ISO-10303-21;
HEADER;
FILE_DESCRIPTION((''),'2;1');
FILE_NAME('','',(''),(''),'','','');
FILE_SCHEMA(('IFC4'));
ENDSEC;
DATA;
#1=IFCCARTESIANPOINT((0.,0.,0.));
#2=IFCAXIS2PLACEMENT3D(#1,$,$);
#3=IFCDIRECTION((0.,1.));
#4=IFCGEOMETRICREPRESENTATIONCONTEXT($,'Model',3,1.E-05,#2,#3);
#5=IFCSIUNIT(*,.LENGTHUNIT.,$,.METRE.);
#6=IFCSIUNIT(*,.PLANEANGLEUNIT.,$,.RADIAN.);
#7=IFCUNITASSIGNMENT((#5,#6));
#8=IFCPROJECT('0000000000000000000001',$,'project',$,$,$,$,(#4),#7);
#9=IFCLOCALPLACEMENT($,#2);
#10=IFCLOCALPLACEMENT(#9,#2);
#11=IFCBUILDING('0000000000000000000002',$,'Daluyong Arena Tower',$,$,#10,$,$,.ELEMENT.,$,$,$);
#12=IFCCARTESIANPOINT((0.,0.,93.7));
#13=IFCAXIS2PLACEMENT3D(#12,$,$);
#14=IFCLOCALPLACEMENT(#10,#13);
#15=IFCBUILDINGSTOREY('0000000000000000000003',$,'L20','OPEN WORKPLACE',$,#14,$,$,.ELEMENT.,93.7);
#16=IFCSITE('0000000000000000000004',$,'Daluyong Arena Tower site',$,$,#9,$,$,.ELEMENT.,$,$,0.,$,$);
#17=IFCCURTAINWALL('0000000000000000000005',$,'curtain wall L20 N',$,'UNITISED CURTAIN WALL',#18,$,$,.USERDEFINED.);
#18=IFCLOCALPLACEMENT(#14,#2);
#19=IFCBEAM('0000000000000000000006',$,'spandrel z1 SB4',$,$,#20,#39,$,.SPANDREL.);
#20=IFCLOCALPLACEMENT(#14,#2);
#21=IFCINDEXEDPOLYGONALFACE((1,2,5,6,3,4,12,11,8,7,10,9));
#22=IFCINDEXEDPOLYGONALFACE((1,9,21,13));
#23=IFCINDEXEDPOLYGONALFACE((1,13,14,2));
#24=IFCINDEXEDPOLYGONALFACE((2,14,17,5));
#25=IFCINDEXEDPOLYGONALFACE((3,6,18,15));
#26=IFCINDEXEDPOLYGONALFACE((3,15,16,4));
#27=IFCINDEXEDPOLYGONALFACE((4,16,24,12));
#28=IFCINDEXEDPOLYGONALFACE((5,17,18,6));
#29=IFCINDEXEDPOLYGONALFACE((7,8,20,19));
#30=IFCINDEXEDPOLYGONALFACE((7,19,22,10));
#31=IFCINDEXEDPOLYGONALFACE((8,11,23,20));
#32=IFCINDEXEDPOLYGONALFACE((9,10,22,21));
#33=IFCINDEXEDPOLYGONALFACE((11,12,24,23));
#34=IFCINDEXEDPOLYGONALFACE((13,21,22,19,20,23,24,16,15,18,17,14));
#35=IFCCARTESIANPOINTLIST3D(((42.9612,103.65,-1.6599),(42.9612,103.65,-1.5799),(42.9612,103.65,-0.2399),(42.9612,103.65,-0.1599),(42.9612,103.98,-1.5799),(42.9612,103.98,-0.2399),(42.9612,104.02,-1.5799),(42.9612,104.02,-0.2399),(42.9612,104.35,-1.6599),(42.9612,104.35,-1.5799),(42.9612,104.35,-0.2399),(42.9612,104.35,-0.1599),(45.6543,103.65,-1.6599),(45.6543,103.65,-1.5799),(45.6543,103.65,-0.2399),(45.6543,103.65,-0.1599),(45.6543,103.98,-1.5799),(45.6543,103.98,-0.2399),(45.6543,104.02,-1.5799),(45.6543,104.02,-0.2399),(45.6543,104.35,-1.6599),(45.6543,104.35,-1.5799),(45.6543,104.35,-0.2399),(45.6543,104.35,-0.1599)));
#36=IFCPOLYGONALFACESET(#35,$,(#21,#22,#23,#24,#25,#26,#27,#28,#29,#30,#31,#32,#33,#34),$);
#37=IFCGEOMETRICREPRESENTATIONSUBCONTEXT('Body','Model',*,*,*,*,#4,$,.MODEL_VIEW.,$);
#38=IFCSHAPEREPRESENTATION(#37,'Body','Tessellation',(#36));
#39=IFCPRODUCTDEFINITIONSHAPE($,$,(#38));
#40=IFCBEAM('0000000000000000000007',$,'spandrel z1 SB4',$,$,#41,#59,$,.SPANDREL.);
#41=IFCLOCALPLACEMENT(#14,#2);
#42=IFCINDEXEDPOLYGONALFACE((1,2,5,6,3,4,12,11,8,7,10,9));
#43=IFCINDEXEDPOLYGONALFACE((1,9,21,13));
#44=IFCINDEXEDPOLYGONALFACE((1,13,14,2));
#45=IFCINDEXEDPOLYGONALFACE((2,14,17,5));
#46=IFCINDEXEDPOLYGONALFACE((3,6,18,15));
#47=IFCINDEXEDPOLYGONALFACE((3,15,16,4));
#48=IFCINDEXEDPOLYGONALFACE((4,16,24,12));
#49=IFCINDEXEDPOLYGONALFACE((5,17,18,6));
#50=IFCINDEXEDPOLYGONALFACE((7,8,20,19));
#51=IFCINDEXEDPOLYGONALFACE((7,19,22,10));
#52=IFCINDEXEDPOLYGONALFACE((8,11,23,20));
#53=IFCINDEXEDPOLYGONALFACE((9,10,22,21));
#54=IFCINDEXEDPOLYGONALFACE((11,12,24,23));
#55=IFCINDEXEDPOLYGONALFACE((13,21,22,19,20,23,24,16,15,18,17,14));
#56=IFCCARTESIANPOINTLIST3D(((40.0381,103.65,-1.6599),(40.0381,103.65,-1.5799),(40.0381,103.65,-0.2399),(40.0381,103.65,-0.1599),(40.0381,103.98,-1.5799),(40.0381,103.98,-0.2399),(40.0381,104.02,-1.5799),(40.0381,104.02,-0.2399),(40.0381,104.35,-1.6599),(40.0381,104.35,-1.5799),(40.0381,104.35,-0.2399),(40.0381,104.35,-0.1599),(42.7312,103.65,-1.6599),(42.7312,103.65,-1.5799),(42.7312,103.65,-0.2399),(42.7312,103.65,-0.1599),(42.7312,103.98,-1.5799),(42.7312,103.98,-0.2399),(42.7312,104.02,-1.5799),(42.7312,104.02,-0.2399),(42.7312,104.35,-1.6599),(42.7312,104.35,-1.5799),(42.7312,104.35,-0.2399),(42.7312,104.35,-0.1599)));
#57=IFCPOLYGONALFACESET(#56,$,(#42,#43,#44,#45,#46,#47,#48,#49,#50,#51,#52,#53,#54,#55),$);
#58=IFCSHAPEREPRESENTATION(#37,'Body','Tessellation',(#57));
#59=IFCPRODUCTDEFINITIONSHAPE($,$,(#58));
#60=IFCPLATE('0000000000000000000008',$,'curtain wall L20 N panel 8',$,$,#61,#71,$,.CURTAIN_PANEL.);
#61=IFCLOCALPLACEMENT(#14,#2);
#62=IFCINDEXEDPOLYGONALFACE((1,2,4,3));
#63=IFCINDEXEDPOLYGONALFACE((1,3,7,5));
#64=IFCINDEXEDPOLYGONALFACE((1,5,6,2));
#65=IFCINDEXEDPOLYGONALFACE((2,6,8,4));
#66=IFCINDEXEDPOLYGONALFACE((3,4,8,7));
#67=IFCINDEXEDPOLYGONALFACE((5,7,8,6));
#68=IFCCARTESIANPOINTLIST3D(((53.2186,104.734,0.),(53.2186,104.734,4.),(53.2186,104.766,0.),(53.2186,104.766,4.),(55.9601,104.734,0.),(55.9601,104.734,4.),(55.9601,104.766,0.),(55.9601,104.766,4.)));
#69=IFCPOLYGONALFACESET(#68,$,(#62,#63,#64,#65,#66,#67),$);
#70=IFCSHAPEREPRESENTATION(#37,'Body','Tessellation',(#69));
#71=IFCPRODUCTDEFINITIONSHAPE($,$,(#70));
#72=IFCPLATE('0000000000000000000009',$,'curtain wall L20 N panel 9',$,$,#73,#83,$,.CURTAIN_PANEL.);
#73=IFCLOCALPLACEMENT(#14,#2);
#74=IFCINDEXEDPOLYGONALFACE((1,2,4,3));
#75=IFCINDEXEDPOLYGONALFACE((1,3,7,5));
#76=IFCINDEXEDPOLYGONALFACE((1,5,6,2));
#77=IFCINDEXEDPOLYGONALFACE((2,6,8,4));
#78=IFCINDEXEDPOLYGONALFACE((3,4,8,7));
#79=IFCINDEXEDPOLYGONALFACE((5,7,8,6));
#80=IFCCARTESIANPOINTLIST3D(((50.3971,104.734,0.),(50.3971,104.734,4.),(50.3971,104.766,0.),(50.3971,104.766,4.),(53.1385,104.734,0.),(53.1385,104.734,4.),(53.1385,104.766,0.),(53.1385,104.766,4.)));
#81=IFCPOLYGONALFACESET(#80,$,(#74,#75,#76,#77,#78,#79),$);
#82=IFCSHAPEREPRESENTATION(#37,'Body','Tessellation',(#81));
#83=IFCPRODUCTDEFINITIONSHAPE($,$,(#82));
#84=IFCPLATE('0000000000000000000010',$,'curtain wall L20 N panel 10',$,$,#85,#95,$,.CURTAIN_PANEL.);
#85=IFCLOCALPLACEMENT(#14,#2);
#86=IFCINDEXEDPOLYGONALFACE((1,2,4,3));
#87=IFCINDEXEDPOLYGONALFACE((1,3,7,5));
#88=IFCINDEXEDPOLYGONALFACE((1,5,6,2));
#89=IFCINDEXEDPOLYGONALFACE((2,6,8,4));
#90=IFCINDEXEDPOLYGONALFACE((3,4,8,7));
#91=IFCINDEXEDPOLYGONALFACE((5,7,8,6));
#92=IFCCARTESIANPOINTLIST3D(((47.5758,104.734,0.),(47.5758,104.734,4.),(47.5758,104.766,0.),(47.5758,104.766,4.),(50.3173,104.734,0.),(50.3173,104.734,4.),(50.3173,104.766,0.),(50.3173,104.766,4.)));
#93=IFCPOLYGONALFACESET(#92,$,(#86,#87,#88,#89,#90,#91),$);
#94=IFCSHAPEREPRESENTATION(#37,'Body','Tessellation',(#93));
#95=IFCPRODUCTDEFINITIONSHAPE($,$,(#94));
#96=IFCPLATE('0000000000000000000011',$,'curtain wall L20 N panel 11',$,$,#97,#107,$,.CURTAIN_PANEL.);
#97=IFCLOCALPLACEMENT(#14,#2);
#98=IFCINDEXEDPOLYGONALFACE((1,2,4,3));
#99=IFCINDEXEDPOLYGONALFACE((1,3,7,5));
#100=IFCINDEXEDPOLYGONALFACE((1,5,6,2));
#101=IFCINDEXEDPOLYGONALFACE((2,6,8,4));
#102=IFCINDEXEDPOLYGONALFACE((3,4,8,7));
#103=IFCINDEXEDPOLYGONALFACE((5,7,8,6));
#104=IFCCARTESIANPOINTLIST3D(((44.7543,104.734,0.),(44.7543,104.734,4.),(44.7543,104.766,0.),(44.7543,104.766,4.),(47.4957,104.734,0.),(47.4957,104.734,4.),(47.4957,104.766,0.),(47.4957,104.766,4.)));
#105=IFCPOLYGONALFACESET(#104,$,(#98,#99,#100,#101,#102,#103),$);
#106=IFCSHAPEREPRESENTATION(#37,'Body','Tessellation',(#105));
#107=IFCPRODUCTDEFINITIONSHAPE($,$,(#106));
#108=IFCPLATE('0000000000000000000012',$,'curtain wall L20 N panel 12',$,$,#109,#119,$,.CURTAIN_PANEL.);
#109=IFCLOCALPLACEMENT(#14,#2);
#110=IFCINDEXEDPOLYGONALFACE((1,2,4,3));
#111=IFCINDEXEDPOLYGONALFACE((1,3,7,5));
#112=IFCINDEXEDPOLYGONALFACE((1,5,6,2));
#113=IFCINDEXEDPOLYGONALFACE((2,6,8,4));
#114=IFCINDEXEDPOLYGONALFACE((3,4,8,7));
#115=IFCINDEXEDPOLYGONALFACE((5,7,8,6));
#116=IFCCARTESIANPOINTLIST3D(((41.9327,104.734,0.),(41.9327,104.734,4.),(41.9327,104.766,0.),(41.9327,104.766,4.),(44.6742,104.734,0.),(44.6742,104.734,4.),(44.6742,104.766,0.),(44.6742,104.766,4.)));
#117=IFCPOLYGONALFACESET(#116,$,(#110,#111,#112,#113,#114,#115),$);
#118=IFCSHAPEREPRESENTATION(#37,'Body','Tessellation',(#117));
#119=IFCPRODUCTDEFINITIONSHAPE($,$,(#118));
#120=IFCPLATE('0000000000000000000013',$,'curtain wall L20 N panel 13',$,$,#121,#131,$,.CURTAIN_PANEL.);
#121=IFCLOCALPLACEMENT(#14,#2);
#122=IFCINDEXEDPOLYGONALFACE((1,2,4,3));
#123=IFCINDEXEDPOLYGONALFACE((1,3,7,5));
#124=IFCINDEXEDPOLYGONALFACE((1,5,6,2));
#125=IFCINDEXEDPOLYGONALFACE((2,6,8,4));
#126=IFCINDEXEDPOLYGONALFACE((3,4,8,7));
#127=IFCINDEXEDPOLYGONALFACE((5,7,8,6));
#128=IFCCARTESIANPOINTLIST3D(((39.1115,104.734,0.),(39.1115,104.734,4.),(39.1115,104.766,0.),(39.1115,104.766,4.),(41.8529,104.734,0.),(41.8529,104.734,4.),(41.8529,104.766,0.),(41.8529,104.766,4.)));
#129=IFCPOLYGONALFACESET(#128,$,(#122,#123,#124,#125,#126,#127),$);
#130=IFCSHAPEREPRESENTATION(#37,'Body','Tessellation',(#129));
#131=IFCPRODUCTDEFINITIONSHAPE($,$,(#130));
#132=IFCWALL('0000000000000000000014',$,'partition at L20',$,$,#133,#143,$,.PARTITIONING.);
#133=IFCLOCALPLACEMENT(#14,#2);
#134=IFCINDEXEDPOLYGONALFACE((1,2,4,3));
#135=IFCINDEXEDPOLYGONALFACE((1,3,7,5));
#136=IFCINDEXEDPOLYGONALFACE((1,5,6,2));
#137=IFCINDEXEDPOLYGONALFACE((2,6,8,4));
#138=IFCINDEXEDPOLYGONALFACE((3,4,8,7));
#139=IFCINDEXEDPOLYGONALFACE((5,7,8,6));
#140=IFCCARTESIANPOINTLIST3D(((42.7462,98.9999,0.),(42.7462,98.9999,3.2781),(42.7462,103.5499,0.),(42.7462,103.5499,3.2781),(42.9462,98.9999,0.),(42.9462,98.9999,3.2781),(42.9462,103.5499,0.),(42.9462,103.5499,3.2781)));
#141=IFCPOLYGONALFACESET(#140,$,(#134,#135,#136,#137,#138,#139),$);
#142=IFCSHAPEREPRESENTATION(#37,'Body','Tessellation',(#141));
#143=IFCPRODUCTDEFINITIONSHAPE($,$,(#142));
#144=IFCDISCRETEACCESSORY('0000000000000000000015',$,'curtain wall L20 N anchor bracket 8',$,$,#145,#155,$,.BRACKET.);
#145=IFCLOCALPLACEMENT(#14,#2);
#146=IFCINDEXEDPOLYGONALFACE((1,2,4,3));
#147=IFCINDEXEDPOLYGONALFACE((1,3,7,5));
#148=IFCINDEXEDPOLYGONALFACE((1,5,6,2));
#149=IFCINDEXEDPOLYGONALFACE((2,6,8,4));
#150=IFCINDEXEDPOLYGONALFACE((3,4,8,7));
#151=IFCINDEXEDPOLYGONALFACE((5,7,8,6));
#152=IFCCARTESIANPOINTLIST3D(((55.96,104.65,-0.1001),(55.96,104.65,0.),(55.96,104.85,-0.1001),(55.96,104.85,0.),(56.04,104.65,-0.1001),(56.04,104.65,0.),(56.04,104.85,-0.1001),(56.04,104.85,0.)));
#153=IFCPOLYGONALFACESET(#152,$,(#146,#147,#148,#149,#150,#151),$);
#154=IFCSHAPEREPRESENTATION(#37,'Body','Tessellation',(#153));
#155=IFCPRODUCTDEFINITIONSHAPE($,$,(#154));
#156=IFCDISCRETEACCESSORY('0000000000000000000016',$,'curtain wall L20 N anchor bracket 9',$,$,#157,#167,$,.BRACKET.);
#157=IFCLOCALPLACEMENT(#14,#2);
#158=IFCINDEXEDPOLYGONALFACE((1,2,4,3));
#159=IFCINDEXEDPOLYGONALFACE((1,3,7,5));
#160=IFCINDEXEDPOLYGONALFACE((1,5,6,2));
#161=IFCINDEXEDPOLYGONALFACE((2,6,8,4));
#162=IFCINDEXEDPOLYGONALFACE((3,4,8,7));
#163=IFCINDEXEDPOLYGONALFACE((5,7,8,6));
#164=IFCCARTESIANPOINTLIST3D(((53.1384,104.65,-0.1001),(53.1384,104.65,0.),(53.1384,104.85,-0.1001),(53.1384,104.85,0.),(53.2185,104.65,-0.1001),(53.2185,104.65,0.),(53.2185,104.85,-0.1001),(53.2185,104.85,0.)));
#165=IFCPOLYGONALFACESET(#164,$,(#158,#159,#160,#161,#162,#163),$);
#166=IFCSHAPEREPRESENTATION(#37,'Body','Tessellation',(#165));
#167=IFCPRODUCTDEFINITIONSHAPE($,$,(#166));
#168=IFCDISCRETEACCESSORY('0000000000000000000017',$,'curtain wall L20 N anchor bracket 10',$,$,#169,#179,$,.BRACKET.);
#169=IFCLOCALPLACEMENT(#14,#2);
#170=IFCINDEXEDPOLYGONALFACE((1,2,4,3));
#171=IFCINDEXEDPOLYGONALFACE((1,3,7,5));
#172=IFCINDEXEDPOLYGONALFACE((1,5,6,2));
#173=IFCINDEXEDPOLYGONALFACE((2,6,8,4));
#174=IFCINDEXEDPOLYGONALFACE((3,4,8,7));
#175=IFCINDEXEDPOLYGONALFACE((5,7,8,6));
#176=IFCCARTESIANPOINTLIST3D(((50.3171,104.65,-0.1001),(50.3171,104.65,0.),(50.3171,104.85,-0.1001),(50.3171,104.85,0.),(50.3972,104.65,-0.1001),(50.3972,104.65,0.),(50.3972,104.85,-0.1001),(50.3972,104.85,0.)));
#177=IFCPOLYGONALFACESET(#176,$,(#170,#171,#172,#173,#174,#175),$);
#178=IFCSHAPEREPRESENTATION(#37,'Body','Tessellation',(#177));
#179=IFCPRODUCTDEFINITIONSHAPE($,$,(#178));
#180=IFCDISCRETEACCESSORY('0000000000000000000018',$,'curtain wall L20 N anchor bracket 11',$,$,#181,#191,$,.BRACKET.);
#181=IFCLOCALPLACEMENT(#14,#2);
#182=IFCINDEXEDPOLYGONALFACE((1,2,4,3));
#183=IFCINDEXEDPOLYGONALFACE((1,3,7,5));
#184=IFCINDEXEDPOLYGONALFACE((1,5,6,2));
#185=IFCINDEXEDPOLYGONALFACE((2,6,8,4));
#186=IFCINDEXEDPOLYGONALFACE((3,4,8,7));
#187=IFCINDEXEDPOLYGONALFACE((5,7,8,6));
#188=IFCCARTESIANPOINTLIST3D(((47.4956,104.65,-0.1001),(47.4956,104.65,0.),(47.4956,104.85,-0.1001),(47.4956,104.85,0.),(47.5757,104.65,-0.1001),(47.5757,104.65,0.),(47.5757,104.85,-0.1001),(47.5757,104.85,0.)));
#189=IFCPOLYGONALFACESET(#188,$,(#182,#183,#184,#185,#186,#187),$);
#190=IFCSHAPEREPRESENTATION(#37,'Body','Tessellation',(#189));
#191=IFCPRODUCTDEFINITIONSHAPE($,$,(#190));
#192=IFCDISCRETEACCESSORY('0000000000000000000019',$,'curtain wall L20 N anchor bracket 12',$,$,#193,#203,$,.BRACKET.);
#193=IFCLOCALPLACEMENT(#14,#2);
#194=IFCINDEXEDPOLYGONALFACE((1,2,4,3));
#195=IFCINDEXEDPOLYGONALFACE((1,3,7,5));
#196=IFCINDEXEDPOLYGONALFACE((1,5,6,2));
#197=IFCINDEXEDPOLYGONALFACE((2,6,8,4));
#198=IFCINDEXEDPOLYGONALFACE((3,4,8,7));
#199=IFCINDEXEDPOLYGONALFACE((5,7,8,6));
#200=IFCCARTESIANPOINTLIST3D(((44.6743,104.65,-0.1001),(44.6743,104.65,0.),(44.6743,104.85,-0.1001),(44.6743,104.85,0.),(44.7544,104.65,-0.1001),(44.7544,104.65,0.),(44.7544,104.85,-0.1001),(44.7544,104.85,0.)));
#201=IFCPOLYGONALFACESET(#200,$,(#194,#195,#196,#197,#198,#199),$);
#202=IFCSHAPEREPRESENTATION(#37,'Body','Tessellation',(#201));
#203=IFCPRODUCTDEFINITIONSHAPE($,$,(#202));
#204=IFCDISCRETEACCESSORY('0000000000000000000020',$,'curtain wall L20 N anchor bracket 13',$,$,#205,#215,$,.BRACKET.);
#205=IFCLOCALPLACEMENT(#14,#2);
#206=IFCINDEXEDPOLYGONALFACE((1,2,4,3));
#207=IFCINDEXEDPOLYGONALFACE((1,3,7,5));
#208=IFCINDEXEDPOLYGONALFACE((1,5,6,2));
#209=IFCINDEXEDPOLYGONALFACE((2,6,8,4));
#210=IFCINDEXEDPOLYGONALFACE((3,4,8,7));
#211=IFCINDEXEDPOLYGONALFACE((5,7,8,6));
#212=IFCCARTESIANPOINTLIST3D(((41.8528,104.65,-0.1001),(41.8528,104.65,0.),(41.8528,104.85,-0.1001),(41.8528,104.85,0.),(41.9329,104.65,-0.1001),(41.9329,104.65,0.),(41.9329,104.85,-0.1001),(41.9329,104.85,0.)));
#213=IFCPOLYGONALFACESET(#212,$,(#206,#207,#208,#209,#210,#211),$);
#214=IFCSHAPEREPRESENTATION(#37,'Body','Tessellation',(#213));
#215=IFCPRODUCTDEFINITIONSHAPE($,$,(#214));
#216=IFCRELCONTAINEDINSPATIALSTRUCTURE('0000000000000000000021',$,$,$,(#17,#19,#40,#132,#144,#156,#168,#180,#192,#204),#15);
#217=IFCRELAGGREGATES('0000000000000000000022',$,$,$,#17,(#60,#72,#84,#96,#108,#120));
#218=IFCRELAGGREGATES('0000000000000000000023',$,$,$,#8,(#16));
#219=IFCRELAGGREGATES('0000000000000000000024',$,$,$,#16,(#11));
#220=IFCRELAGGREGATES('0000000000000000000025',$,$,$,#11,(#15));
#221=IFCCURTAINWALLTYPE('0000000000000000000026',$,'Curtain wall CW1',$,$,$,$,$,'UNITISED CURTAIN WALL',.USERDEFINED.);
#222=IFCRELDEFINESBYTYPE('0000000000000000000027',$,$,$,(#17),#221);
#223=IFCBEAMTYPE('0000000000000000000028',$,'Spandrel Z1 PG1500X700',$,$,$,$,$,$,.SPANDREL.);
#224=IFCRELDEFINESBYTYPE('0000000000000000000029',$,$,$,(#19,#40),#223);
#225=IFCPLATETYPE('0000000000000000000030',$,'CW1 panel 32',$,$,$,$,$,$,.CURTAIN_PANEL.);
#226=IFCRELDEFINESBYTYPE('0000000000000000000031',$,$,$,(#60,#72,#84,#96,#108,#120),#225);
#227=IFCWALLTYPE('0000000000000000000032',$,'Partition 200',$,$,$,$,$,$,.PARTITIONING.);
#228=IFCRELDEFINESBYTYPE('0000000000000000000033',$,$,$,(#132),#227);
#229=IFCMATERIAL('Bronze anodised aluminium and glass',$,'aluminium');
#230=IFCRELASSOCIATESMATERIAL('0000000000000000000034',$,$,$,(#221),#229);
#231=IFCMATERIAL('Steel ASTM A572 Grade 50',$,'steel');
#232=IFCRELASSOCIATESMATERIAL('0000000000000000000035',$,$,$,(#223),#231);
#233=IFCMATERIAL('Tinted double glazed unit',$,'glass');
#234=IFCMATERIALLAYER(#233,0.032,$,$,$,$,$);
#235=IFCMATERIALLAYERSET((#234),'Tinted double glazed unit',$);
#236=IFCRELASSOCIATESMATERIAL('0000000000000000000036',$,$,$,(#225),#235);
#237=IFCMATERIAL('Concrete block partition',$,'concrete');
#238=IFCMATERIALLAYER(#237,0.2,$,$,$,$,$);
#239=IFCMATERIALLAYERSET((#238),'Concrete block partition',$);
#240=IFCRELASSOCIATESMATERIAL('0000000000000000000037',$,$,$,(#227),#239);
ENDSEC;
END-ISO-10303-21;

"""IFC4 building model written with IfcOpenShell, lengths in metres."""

from ifc_helpers import new_model, si_unit, direction, frame, frame_2d, origin, origin_2d, place, context, subcontext, project, spatial, rectangle, i_section, extrude, material, layer, layer_set, material_profile, profile_set, type_object, element, aggregate, save


model = new_model("IFC4")

# Units and contexts
model_context = context("Model", 3, precision=1e-05, world=origin(), true_north=direction((0.0, 1.0)))
body_context = subcontext(model_context, "Body", "Model", "MODEL_VIEW")
ifc_project = project(units=[si_unit("LENGTHUNIT", "METRE"), si_unit("PLANEANGLEUNIT", "RADIAN")], contexts=[model_context])

# Site, building, storey
site_placement = place(None, origin())
site = spatial("IfcSite", under=ifc_project, at=site_placement, Name="Daluyong Arena Tower site", CompositionType="ELEMENT", RefElevation=0.0)
building_placement = place(site_placement, origin())
building = spatial("IfcBuilding", under=site, at=building_placement, Name="Daluyong Arena Tower", CompositionType="ELEMENT")
storey_placement = place(building_placement, frame((0.0, 0.0, 93.7)))
storey = spatial("IfcBuildingStorey", under=building, at=storey_placement, Name="L20", Description="OPEN WORKPLACE", CompositionType="ELEMENT", Elevation=93.7)

# Curtain wall
ifc_material_1 = material(Name="Bronze anodised aluminium and glass", Category="aluminium")
curtain_wall_type = type_object("IfcCurtainWallType", Name="Curtain wall CW1", ElementType="UNITISED CURTAIN WALL", PredefinedType="USERDEFINED", material=ifc_material_1)
curtain_wall_placement = place(storey_placement, origin())
curtain_wall = element("IfcCurtainWall", 1, at=curtain_wall_placement, inside=storey, type_object=curtain_wall_type, Name="curtain wall L20 N", ObjectType="UNITISED CURTAIN WALL", PredefinedType="USERDEFINED")

# Beams
ifc_material_2 = material(Name="Steel ASTM A572 Grade 50", Category="steel")
ifc_material_profile_1 = material_profile(ifc_material_2, i_section(OverallWidth=0.7, OverallDepth=1.5, WebThickness=0.04, FlangeThickness=0.08, at=origin_2d()))
ifc_profile_set_1 = profile_set([ifc_material_profile_1], Name="Steel ASTM A572 Grade 50")
beam_type_1 = type_object("IfcBeamType", Name="Spandrel Z1 PG1500X700", PredefinedType="SPANDREL", material=ifc_profile_set_1)
for number, where, z_axis, x_axis, name in (
    (2, (45.6543, 104.0, -0.9099), (-1.0, 0.0, 0.0), (0.0, -1.0, 0.0), "spandrel z1 SB4"),
    (3, (42.7312, 104.0, -0.9099), (-1.0, 0.0, 0.0), (0.0, -1.0, 0.0), "spandrel z1 SB4"),
):
    element("IfcBeam", number, at=place(storey_placement, frame(where, z_axis=z_axis, x_axis=x_axis)), inside=storey, type_object=beam_type_1, Name=name, PredefinedType="SPANDREL", context=body_context, shape_type="SweptSolid", body=[
        extrude(i_section(OverallWidth=0.7, OverallDepth=1.5, WebThickness=0.04, FlangeThickness=0.08, at=origin_2d()), origin(), (0.0, 0.0, 1.0), 2.6931),
    ])

# Plates
ifc_material_3 = material(Name="Tinted double glazed unit", Category="glass")
ifc_layer_1 = layer(ifc_material_3, 0.032)
ifc_layer_set_1 = layer_set([ifc_layer_1], Name="Tinted double glazed unit")
plate_type = type_object("IfcPlateType", Name="CW1 panel 32", PredefinedType="CURTAIN_PANEL", material=ifc_layer_set_1)
plate_1_placement = place(storey_placement, frame((54.5894, 104.75, 0.0), z_axis=(0.0, 0.0, 1.0), x_axis=(-1.0, 0.0, 0.0)))
plate_1 = element("IfcPlate", 4, at=plate_1_placement, type_object=plate_type, Name="curtain wall L20 N panel 8", PredefinedType="CURTAIN_PANEL", context=body_context, shape_type="SweptSolid", body=[
    extrude(rectangle(XDim=2.7415, YDim=0.032, at=origin_2d()), origin(), (0.0, 0.0, 1.0), 4.0),
])
plate_2_placement = place(storey_placement, frame((51.7678, 104.75, 0.0), z_axis=(0.0, 0.0, 1.0), x_axis=(-1.0, 0.0, 0.0)))
plate_2 = element("IfcPlate", 5, at=plate_2_placement, type_object=plate_type, Name="curtain wall L20 N panel 9", PredefinedType="CURTAIN_PANEL", context=body_context, shape_type="SweptSolid", body=[
    extrude(rectangle(XDim=2.7415, YDim=0.032, at=origin_2d()), origin(), (0.0, 0.0, 1.0), 4.0),
])
plate_3_placement = place(storey_placement, frame((48.9465, 104.75, 0.0), z_axis=(0.0, 0.0, 1.0), x_axis=(-1.0, 0.0, 0.0)))
plate_3 = element("IfcPlate", 6, at=plate_3_placement, type_object=plate_type, Name="curtain wall L20 N panel 10", PredefinedType="CURTAIN_PANEL", context=body_context, shape_type="SweptSolid", body=[
    extrude(rectangle(XDim=2.7415, YDim=0.032, at=origin_2d()), origin(), (0.0, 0.0, 1.0), 4.0),
])
plate_4_placement = place(storey_placement, frame((46.125, 104.75, 0.0), z_axis=(0.0, 0.0, 1.0), x_axis=(-1.0, 0.0, 0.0)))
plate_4 = element("IfcPlate", 7, at=plate_4_placement, type_object=plate_type, Name="curtain wall L20 N panel 11", PredefinedType="CURTAIN_PANEL", context=body_context, shape_type="SweptSolid", body=[
    extrude(rectangle(XDim=2.7415, YDim=0.032, at=origin_2d()), origin(), (0.0, 0.0, 1.0), 4.0),
])
plate_5_placement = place(storey_placement, frame((43.3035, 104.75, 0.0), z_axis=(0.0, 0.0, 1.0), x_axis=(-1.0, 0.0, 0.0)))
plate_5 = element("IfcPlate", 8, at=plate_5_placement, type_object=plate_type, Name="curtain wall L20 N panel 12", PredefinedType="CURTAIN_PANEL", context=body_context, shape_type="SweptSolid", body=[
    extrude(rectangle(XDim=2.7415, YDim=0.032, at=origin_2d()), origin(), (0.0, 0.0, 1.0), 4.0),
])
plate_6_placement = place(storey_placement, frame((40.4822, 104.75, 0.0), z_axis=(0.0, 0.0, 1.0), x_axis=(-1.0, 0.0, 0.0)))
plate_6 = element("IfcPlate", 9, at=plate_6_placement, type_object=plate_type, Name="curtain wall L20 N panel 13", PredefinedType="CURTAIN_PANEL", context=body_context, shape_type="SweptSolid", body=[
    extrude(rectangle(XDim=2.7415, YDim=0.032, at=origin_2d()), origin(), (0.0, 0.0, 1.0), 4.0),
])
aggregate(curtain_wall, [plate_1, plate_2, plate_3, plate_4, plate_5, plate_6])

# Wall
ifc_material_4 = material(Name="Concrete block partition", Category="concrete")
ifc_layer_2 = layer(ifc_material_4, 0.2)
ifc_layer_set_2 = layer_set([ifc_layer_2], Name="Concrete block partition")
wall_type = type_object("IfcWallType", Name="Partition 200", PredefinedType="PARTITIONING", material=ifc_layer_set_2)
wall_placement = place(storey_placement, frame((42.8462, 99.0, 0.0), z_axis=(0.0, 0.0, 1.0), x_axis=(0.0, 1.0, 0.0)))
element("IfcWall", 10, at=wall_placement, inside=storey, type_object=wall_type, Name="partition at L20", PredefinedType="PARTITIONING", context=body_context, shape_type="SweptSolid", body=[
    extrude(rectangle(XDim=4.55, YDim=0.2, at=frame_2d((2.2749, 0.0))), origin(), (0.0, 0.0, 1.0), 3.2781),
])

# Discrete accessories
for number, where, z_axis, x_axis, name in (
    (11, (56.0, 104.75, -0.1001), (0.0, 0.0, 1.0), (-1.0, 0.0, 0.0), "curtain wall L20 N anchor bracket 8"),
    (12, (53.1785, 104.75, -0.1001), (0.0, 0.0, 1.0), (-1.0, 0.0, 0.0), "curtain wall L20 N anchor bracket 9"),
    (13, (50.3572, 104.75, -0.1001), (0.0, 0.0, 1.0), (-1.0, 0.0, 0.0), "curtain wall L20 N anchor bracket 10"),
    (14, (47.5356, 104.75, -0.1001), (0.0, 0.0, 1.0), (-1.0, 0.0, 0.0), "curtain wall L20 N anchor bracket 11"),
    (15, (44.7144, 104.75, -0.1001), (0.0, 0.0, 1.0), (-1.0, 0.0, 0.0), "curtain wall L20 N anchor bracket 12"),
    (16, (41.8928, 104.75, -0.1001), (0.0, 0.0, 1.0), (-1.0, 0.0, 0.0), "curtain wall L20 N anchor bracket 13"),
):
    element("IfcDiscreteAccessory", number, at=place(storey_placement, frame(where, z_axis=z_axis, x_axis=x_axis)), inside=storey, Name=name, PredefinedType="BRACKET", context=body_context, shape_type="SweptSolid", body=[
        extrude(rectangle(XDim=0.0801, YDim=0.2, at=origin_2d()), origin(), (0.0, 0.0, 1.0), 0.1001),
    ])

save(model, "model.ifc")
